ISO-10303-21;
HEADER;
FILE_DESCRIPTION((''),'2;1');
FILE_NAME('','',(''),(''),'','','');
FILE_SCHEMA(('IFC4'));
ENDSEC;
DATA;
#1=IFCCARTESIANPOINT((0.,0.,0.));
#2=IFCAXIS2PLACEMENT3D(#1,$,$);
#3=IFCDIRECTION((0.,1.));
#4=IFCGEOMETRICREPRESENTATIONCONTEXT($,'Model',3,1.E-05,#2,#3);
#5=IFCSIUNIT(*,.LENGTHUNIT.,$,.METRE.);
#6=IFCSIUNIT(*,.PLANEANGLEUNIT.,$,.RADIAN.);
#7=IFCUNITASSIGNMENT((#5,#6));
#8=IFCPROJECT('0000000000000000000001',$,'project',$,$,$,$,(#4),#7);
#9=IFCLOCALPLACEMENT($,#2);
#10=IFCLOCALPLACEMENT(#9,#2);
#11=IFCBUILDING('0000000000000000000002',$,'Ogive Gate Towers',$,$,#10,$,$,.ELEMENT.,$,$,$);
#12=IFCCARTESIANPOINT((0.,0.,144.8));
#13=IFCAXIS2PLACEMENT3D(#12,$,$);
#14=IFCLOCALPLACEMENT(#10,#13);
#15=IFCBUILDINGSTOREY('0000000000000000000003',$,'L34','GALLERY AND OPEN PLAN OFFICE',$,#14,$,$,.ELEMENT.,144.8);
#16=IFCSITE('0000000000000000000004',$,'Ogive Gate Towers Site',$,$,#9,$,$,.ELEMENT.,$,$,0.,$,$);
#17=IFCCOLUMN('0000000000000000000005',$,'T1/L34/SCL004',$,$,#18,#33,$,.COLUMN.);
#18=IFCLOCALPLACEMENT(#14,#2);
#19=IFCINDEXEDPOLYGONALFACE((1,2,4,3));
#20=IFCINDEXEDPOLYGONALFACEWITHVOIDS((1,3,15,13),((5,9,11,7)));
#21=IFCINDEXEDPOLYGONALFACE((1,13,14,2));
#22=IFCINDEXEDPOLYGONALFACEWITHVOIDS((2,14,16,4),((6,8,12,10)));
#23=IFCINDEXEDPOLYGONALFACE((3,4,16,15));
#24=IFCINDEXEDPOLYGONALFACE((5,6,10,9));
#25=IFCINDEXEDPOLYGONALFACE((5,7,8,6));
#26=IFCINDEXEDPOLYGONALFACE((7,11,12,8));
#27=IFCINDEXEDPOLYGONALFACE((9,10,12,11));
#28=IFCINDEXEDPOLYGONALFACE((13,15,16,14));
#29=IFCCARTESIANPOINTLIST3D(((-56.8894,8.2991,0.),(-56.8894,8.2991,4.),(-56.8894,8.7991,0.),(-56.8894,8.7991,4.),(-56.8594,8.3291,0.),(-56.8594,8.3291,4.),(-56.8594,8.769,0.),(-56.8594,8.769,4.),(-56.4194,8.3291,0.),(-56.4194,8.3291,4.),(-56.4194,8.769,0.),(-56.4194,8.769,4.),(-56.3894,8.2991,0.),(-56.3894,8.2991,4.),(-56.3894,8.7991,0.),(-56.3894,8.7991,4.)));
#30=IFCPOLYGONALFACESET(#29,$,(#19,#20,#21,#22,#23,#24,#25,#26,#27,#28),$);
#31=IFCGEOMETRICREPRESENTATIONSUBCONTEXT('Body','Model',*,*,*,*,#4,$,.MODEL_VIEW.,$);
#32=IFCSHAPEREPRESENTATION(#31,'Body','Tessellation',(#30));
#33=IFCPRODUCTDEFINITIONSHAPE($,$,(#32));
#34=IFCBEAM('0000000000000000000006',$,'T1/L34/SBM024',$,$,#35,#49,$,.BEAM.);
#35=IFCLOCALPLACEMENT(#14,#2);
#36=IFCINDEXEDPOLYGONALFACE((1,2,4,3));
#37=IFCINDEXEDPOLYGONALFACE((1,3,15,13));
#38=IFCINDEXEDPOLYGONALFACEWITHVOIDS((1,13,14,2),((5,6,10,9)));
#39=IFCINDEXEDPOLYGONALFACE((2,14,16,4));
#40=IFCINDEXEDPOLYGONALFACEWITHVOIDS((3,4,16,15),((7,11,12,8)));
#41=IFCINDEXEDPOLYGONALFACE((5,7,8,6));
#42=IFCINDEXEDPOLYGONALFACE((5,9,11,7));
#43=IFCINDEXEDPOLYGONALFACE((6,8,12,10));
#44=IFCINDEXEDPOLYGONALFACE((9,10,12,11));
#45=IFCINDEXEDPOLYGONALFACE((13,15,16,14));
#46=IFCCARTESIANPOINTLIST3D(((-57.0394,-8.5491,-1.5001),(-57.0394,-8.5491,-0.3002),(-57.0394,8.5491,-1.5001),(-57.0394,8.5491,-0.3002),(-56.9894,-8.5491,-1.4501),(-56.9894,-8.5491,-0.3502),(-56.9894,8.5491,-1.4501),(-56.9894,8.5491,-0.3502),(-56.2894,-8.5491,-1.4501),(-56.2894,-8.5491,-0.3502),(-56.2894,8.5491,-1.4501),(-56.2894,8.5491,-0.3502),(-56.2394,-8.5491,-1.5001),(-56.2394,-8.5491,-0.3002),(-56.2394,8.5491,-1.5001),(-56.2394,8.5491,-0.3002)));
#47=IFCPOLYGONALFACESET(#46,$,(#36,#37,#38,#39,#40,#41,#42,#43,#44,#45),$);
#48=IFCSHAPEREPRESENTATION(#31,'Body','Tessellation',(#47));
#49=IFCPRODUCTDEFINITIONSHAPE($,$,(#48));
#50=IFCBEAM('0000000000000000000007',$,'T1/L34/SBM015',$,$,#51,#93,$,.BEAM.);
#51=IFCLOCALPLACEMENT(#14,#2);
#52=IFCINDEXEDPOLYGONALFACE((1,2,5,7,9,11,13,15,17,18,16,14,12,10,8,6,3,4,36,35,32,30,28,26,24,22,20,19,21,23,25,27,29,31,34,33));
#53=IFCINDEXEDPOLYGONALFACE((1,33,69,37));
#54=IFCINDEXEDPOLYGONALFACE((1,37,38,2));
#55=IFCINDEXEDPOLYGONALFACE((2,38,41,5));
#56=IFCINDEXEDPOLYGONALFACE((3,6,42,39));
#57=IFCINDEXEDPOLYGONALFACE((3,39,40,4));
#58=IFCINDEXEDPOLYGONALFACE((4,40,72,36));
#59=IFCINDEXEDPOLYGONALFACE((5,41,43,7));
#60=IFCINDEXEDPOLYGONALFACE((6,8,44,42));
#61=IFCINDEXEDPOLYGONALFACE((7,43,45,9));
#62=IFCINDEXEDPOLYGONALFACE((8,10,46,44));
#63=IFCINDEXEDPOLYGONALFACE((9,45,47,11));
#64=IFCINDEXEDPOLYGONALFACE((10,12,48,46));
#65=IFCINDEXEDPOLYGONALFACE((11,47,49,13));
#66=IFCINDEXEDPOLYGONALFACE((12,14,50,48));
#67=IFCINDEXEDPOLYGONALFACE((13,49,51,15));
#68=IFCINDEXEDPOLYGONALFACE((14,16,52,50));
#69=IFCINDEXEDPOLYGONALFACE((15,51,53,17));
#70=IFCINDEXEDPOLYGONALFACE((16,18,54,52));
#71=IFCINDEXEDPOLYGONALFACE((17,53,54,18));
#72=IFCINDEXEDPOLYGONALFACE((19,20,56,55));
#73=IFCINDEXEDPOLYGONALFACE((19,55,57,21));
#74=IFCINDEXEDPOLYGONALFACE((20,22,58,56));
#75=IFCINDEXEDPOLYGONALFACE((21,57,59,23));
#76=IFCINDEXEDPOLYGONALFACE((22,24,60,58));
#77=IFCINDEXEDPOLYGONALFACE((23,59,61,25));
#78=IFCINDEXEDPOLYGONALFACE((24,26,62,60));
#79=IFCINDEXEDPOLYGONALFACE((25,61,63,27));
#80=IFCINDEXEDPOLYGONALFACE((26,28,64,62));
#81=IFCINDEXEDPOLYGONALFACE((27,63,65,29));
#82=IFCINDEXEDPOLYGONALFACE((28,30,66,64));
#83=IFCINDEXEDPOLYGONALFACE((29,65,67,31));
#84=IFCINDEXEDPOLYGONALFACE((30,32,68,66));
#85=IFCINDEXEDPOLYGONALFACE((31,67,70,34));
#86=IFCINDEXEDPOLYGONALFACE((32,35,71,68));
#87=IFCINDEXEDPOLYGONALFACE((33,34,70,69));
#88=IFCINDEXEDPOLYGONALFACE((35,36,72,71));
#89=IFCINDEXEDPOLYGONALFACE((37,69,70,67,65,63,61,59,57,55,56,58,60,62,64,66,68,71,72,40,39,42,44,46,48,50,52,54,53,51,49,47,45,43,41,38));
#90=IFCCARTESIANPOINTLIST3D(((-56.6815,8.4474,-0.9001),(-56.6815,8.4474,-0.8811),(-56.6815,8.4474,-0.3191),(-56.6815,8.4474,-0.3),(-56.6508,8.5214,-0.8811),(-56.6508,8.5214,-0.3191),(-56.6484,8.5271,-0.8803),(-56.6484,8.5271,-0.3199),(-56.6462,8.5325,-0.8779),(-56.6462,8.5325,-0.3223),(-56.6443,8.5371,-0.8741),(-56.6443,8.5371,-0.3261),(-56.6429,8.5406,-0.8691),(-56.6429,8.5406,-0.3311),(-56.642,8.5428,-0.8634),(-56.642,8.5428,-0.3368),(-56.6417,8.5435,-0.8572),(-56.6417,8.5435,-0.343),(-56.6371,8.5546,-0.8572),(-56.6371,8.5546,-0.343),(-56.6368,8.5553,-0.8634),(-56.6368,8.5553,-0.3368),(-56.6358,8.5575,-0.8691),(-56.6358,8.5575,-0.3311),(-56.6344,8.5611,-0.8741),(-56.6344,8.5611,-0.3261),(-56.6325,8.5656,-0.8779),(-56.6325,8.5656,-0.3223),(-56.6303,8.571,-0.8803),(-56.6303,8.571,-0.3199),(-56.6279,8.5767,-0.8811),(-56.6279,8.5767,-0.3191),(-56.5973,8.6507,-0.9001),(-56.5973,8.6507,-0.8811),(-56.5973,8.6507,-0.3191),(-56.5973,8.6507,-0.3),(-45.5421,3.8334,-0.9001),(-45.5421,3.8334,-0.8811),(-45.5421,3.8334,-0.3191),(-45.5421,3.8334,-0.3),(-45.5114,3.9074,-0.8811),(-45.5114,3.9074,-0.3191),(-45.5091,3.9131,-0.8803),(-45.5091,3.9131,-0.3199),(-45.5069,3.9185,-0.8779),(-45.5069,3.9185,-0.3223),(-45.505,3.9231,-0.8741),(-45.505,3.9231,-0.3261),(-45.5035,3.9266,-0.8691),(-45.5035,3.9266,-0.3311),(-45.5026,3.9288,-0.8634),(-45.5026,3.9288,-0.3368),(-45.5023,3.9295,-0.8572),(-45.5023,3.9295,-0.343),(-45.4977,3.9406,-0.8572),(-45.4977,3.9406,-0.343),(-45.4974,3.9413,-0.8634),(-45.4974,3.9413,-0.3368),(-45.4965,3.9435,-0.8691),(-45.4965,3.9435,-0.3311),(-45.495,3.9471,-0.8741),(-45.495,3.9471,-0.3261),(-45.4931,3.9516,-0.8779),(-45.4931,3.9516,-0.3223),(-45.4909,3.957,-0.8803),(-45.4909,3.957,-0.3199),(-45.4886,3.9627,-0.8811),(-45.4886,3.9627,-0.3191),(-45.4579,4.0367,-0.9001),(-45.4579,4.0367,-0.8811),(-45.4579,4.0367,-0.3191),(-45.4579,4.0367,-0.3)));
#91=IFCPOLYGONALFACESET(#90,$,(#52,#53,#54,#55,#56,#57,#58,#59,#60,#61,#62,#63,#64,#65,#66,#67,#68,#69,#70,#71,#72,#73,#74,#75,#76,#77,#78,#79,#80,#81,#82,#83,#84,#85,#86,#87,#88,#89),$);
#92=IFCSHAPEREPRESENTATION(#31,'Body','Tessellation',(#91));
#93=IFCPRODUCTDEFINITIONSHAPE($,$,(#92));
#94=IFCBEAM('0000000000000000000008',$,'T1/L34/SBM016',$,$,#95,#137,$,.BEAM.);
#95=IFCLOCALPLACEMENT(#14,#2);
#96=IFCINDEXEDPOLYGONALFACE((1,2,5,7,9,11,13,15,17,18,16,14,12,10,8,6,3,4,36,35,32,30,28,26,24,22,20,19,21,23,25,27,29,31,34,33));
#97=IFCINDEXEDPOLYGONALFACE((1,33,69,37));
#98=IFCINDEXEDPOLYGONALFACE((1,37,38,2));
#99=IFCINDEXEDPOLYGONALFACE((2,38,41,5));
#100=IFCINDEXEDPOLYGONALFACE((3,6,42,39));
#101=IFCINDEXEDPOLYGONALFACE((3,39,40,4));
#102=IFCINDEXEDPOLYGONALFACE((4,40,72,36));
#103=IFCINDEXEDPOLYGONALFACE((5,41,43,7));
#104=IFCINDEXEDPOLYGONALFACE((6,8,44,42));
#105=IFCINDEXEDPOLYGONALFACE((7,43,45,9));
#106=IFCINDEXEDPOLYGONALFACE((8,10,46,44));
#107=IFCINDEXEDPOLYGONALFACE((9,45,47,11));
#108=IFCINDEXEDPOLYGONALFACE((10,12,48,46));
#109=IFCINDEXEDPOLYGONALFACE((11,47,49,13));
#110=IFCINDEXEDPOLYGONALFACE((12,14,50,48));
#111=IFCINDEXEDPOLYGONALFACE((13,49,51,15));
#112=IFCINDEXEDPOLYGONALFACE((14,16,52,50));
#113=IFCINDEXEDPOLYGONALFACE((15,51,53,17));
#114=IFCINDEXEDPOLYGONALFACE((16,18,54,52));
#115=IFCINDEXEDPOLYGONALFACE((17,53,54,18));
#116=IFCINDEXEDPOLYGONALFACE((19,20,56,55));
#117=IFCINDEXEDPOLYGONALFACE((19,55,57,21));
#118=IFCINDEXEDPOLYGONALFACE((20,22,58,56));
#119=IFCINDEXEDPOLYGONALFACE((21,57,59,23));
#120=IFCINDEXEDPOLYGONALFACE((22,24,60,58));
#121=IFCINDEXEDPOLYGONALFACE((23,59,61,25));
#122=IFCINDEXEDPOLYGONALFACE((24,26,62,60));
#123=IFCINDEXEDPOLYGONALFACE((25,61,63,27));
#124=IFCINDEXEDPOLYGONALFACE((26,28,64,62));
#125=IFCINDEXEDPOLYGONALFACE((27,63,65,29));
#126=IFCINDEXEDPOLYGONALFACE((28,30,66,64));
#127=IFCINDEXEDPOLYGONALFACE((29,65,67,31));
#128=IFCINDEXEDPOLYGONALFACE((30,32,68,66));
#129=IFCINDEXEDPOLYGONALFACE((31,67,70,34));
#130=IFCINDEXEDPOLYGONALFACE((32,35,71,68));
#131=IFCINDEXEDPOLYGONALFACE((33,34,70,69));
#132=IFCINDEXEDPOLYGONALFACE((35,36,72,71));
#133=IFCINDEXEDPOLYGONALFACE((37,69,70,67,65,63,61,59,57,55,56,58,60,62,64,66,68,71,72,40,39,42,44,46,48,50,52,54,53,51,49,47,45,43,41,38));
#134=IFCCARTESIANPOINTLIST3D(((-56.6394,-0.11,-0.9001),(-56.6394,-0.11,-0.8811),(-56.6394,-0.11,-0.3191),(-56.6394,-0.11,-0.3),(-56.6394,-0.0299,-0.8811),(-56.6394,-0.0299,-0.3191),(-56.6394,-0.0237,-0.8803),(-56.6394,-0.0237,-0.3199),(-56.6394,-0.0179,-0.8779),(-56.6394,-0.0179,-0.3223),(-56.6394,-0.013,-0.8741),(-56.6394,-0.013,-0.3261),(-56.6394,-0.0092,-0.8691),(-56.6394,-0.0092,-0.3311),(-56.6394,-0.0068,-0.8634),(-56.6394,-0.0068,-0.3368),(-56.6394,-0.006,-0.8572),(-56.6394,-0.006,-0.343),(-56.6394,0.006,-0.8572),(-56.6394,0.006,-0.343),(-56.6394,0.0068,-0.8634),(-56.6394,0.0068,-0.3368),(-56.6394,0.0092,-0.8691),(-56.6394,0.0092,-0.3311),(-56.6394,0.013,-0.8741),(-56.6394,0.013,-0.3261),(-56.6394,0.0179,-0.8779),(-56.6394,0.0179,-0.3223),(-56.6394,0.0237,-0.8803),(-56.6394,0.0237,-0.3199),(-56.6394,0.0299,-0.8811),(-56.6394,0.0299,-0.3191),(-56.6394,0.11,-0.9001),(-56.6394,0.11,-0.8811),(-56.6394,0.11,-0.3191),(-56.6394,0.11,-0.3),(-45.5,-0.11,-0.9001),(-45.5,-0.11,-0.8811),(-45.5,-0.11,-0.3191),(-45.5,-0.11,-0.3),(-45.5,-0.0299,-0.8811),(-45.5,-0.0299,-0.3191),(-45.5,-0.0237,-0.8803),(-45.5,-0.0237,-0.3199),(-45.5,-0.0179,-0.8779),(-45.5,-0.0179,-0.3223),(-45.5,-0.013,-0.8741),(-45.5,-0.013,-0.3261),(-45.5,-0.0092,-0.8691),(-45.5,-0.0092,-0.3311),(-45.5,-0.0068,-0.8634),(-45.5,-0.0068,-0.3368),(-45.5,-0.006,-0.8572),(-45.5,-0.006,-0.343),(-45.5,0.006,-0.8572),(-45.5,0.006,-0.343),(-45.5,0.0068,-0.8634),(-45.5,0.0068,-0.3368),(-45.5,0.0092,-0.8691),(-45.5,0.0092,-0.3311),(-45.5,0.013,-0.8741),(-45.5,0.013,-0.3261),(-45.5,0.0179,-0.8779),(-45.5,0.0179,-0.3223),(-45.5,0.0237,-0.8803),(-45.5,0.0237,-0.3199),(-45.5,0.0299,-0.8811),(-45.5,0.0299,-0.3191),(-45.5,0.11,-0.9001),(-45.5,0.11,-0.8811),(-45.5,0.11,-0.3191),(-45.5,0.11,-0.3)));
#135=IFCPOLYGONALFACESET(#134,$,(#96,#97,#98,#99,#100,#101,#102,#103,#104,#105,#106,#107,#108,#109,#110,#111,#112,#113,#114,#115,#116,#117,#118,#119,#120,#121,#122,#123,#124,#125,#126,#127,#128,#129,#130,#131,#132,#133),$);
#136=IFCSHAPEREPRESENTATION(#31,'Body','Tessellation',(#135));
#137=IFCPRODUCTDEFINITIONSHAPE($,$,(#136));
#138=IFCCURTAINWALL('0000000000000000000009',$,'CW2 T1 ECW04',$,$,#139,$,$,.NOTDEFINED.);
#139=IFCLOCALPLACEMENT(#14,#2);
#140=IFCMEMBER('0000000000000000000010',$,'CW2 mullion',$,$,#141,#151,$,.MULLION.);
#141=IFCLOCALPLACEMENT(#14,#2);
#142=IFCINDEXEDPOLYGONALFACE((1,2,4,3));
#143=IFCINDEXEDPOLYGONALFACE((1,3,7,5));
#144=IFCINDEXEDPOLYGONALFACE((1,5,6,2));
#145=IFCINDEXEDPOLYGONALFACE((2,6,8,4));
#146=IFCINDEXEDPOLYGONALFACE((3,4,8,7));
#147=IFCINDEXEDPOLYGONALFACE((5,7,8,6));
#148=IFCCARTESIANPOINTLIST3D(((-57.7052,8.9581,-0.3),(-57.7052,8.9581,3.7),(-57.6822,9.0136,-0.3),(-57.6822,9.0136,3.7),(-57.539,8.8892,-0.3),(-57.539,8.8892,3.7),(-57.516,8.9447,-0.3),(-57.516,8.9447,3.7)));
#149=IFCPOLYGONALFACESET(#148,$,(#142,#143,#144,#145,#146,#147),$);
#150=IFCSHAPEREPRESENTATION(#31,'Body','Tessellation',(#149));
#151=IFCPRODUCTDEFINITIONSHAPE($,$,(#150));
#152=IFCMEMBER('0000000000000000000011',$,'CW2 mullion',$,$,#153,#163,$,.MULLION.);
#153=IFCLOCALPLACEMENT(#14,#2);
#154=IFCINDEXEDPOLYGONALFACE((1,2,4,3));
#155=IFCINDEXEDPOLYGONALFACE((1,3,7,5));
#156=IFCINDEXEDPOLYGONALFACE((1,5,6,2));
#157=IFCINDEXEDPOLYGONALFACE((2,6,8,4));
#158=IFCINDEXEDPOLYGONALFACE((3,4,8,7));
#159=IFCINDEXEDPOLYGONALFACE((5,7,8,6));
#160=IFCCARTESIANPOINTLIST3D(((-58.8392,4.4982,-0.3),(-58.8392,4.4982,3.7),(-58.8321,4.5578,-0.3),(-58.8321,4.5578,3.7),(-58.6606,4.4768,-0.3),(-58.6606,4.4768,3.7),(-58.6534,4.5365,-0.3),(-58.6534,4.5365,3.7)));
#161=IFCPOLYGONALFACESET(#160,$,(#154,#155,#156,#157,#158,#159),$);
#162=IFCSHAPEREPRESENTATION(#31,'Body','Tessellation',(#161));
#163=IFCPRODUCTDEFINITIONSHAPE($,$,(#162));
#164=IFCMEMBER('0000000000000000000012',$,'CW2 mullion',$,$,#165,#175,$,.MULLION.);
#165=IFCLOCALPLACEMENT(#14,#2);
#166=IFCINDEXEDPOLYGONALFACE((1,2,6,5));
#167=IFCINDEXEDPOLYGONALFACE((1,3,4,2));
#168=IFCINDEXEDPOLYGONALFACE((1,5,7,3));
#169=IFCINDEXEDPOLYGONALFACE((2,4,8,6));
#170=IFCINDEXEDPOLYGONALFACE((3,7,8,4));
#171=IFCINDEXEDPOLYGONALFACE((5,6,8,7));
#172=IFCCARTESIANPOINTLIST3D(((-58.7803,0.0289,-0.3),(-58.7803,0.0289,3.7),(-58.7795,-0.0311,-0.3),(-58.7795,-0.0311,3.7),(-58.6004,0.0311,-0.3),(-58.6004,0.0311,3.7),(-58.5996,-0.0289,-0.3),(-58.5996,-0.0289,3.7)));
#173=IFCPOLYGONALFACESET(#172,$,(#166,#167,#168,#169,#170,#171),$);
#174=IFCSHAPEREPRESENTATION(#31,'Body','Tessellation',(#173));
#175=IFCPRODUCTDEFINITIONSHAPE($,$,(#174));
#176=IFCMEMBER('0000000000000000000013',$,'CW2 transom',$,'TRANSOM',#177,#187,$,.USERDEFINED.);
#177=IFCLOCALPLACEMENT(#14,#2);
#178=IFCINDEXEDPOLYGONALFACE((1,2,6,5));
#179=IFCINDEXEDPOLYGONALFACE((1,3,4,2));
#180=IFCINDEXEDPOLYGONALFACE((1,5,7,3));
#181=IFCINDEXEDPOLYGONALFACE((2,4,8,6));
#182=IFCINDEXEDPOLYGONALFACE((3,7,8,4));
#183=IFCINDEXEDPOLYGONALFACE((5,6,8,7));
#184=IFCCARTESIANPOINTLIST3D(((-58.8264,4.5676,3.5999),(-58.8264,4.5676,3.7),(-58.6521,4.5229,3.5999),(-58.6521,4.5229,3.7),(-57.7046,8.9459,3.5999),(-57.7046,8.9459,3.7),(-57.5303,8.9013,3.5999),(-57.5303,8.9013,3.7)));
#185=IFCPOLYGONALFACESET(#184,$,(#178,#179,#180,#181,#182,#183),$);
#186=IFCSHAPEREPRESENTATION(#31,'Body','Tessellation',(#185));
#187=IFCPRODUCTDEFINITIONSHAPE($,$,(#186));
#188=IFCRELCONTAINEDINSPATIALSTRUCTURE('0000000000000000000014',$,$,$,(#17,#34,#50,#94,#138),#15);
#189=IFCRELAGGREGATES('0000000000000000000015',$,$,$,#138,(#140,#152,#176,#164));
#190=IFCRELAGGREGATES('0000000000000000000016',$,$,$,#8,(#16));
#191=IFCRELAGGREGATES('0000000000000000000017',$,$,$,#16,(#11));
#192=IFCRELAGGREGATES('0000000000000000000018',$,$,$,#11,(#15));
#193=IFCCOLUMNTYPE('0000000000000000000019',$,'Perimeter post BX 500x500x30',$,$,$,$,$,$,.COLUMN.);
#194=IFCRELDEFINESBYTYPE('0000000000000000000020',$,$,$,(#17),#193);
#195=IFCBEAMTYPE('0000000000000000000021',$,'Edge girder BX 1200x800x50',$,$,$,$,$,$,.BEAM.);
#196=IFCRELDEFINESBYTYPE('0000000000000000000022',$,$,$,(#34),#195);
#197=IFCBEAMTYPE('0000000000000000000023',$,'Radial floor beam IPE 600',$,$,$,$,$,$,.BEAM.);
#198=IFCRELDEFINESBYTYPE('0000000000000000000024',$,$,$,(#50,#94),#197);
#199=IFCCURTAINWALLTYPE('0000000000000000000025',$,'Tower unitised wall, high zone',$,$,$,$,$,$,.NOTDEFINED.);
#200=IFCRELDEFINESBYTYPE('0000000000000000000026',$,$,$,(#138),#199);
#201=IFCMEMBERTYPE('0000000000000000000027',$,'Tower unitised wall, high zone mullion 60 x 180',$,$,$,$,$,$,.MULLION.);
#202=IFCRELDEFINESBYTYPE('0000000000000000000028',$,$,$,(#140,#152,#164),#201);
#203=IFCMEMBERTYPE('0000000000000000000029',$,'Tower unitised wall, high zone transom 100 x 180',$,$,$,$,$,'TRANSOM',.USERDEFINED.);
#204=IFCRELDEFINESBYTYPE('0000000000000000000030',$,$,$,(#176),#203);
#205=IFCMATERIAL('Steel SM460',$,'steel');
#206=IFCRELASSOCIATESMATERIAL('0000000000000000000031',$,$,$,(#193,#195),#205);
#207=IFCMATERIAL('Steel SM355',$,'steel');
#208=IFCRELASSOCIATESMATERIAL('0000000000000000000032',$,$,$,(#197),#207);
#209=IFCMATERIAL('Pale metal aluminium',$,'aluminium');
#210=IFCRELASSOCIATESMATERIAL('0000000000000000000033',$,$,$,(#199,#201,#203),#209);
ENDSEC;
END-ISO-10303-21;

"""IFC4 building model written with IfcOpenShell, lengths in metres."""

from ifc_helpers import new_model, si_unit, direction, frame, origin, origin_2d, place, context, subcontext, project, spatial, rectangle, hollow_rectangle, i_section, extrude, material, material_profile, profile_set, type_object, element, aggregate, save


model = new_model("IFC4")

# Units and contexts
model_context = context("Model", 3, precision=1e-05, world=origin(), true_north=direction((0.0, 1.0)))
body_context = subcontext(model_context, "Body", "Model", "MODEL_VIEW")
ifc_project = project(units=[si_unit("LENGTHUNIT", "METRE"), si_unit("PLANEANGLEUNIT", "RADIAN")], contexts=[model_context])

# Site, building, storey
site_placement = place(None, origin())
site = spatial("IfcSite", under=ifc_project, at=site_placement, Name="Ogive Gate Towers Site", CompositionType="ELEMENT", RefElevation=0.0)
building_placement = place(site_placement, origin())
building = spatial("IfcBuilding", under=site, at=building_placement, Name="Ogive Gate Towers", CompositionType="ELEMENT")
storey_placement = place(building_placement, frame((0.0, 0.0, 144.8)))
storey = spatial("IfcBuildingStorey", under=building, at=storey_placement, Name="L34", Description="GALLERY AND OPEN PLAN OFFICE", CompositionType="ELEMENT", Elevation=144.8)

# Column
ifc_material_1 = material(Name="Steel SM460", Category="steel")
ifc_material_profile_1 = material_profile(ifc_material_1, hollow_rectangle(XDim=0.5, YDim=0.5, WallThickness=0.03, at=origin_2d()), Name="BX 500x500x30")
ifc_profile_set_1 = profile_set([ifc_material_profile_1], Name="Steel SM460")
column_type = type_object("IfcColumnType", Name="Perimeter post BX 500x500x30", PredefinedType="COLUMN", material=ifc_profile_set_1)
column_placement = place(storey_placement, frame((-56.6394, 8.5491, 0.0), z_axis=(0.0, 0.0, 1.0), x_axis=(1.0, 0.0, 0.0)))
element("IfcColumn", 1, at=column_placement, inside=storey, type_object=column_type, Name="T1/L34/SCL004", PredefinedType="COLUMN", context=body_context, shape_type="SweptSolid", body=[
    extrude(hollow_rectangle(XDim=0.5, YDim=0.5, WallThickness=0.03, at=origin_2d()), origin(), (0.0, 0.0, 1.0), 4.0),
])

# Beams
ifc_material_profile_2 = material_profile(ifc_material_1, hollow_rectangle(XDim=0.8, YDim=1.2, WallThickness=0.05, at=origin_2d()), Name="BX 1200x800x50")
ifc_profile_set_2 = profile_set([ifc_material_profile_2], Name="Steel SM460")
beam_type_1 = type_object("IfcBeamType", Name="Edge girder BX 1200x800x50", PredefinedType="BEAM", material=ifc_profile_set_2)
beam_1_placement = place(storey_placement, frame((-56.6394, 8.5491, -0.9001), z_axis=(0.0, -1.0, 0.0), x_axis=(1.0, 0.0, 0.0)))
element("IfcBeam", 2, at=beam_1_placement, inside=storey, type_object=beam_type_1, Name="T1/L34/SBM024", PredefinedType="BEAM", context=body_context, shape_type="SweptSolid", body=[
    extrude(hollow_rectangle(XDim=0.8, YDim=1.2, WallThickness=0.05, at=origin_2d()), origin(), (0.0, 0.0, 1.0), 17.0981),
])
ifc_material_2 = material(Name="Steel SM355", Category="steel")
ifc_material_profile_3 = material_profile(ifc_material_2, i_section(OverallWidth=0.22, OverallDepth=0.6001, WebThickness=0.012, FlangeThickness=0.019, FilletRadius=0.0239, at=origin_2d()), Name="IPE 600")
ifc_profile_set_3 = profile_set([ifc_material_profile_3], Name="Steel SM355")
beam_type_2 = type_object("IfcBeamType", Name="Radial floor beam IPE 600", PredefinedType="BEAM", material=ifc_profile_set_3)
beam_2_placement = place(storey_placement, frame((-45.5, 3.9351, -0.6001), z_axis=(-0.923882, 0.382678, 0.0), x_axis=(-0.382678, -0.923882, 0.0)))
element("IfcBeam", 3, at=beam_2_placement, inside=storey, type_object=beam_type_2, Name="T1/L34/SBM015", PredefinedType="BEAM", context=body_context, shape_type="SweptSolid", body=[
    extrude(i_section(OverallWidth=0.22, OverallDepth=0.6001, WebThickness=0.012, FlangeThickness=0.019, FilletRadius=0.0239, at=origin_2d()), origin(), (0.0, 0.0, 1.0), 12.0571),
])
beam_3_placement = place(storey_placement, frame((-45.5, 0.0, -0.6001), z_axis=(-1.0, 0.0, 0.0), x_axis=(0.0, -1.0, 0.0)))
element("IfcBeam", 4, at=beam_3_placement, inside=storey, type_object=beam_type_2, Name="T1/L34/SBM016", PredefinedType="BEAM", context=body_context, shape_type="SweptSolid", body=[
    extrude(i_section(OverallWidth=0.22, OverallDepth=0.6001, WebThickness=0.012, FlangeThickness=0.019, FilletRadius=0.0239, at=origin_2d()), origin(), (0.0, 0.0, 1.0), 11.1394),
])

# Curtain wall, members
ifc_material_3 = material(Name="Pale metal aluminium", Category="aluminium")
curtain_wall_type = type_object("IfcCurtainWallType", Name="Tower unitised wall, high zone", PredefinedType="NOTDEFINED", material=ifc_material_3)
curtain_wall_placement = place(storey_placement, origin())
curtain_wall = element("IfcCurtainWall", 5, at=curtain_wall_placement, inside=storey, type_object=curtain_wall_type, Name="CW2 T1 ECW04", PredefinedType="NOTDEFINED")
ifc_material_profile_4 = material_profile(ifc_material_3, rectangle(XDim=0.1799, YDim=0.0601, at=origin_2d()), Name="60 x 180 aluminium box")
ifc_profile_set_4 = profile_set([ifc_material_profile_4], Name="Pale metal aluminium")
member_type_1 = type_object("IfcMemberType", Name="Tower unitised wall, high zone mullion 60 x 180", PredefinedType="MULLION", material=ifc_profile_set_4)
member_1_placement = place(storey_placement, frame((-57.6106, 8.9514, -0.3), z_axis=(0.0, 0.0, 1.0), x_axis=(-0.92388, 0.382683, 0.0)))
member_1 = element("IfcMember", 6, at=member_1_placement, type_object=member_type_1, Name="CW2 mullion", PredefinedType="MULLION", context=body_context, shape_type="SweptSolid", body=[
    extrude(rectangle(XDim=0.1799, YDim=0.0601, at=origin_2d()), origin(), (0.0, 0.0, 1.0), 4.0),
])
member_2_placement = place(storey_placement, frame((-58.7463, 4.5173, -0.3), z_axis=(0.0, 0.0, 1.0), x_axis=(-0.992908, 0.118889, 0.0)))
member_2 = element("IfcMember", 7, at=member_2_placement, type_object=member_type_1, Name="CW2 mullion", PredefinedType="MULLION", context=body_context, shape_type="SweptSolid", body=[
    extrude(rectangle(XDim=0.1799, YDim=0.0601, at=origin_2d()), origin(), (0.0, 0.0, 1.0), 4.0),
])
member_3_placement = place(storey_placement, frame((-58.6899, 0.0, -0.3), z_axis=(0.0, 0.0, 1.0), x_axis=(-0.999922, -0.012461, 0.0)))
member_3 = element("IfcMember", 8, at=member_3_placement, type_object=member_type_1, Name="CW2 mullion", PredefinedType="MULLION", context=body_context, shape_type="SweptSolid", body=[
    extrude(rectangle(XDim=0.1799, YDim=0.0601, at=origin_2d()), origin(), (0.0, 0.0, 1.0), 4.0),
])
ifc_material_profile_5 = material_profile(ifc_material_3, rectangle(XDim=0.1799, YDim=0.1001, at=origin_2d()), Name="100 x 180 aluminium box")
ifc_profile_set_5 = profile_set([ifc_material_profile_5], Name="Pale metal aluminium")
member_type_2 = type_object("IfcMemberType", Name="Tower unitised wall, high zone transom 100 x 180", ElementType="TRANSOM", PredefinedType="USERDEFINED", material=ifc_profile_set_5)
member_4_placement = place(storey_placement, frame((-57.6174, 8.9236, 3.6499), z_axis=(-0.2482, -0.968709, 0.0), x_axis=(0.968709, -0.2482, 0.0)))
member_4 = element("IfcMember", 9, at=member_4_placement, type_object=member_type_2, Name="CW2 transom", ObjectType="TRANSOM", PredefinedType="USERDEFINED", context=body_context, shape_type="SweptSolid", body=[
    extrude(rectangle(XDim=0.1799, YDim=0.1001, at=origin_2d()), origin(), (0.0, 0.0, 1.0), 4.5198),
])
aggregate(curtain_wall, [member_1, member_2, member_4, member_3])

save(model, "model.ifc")
